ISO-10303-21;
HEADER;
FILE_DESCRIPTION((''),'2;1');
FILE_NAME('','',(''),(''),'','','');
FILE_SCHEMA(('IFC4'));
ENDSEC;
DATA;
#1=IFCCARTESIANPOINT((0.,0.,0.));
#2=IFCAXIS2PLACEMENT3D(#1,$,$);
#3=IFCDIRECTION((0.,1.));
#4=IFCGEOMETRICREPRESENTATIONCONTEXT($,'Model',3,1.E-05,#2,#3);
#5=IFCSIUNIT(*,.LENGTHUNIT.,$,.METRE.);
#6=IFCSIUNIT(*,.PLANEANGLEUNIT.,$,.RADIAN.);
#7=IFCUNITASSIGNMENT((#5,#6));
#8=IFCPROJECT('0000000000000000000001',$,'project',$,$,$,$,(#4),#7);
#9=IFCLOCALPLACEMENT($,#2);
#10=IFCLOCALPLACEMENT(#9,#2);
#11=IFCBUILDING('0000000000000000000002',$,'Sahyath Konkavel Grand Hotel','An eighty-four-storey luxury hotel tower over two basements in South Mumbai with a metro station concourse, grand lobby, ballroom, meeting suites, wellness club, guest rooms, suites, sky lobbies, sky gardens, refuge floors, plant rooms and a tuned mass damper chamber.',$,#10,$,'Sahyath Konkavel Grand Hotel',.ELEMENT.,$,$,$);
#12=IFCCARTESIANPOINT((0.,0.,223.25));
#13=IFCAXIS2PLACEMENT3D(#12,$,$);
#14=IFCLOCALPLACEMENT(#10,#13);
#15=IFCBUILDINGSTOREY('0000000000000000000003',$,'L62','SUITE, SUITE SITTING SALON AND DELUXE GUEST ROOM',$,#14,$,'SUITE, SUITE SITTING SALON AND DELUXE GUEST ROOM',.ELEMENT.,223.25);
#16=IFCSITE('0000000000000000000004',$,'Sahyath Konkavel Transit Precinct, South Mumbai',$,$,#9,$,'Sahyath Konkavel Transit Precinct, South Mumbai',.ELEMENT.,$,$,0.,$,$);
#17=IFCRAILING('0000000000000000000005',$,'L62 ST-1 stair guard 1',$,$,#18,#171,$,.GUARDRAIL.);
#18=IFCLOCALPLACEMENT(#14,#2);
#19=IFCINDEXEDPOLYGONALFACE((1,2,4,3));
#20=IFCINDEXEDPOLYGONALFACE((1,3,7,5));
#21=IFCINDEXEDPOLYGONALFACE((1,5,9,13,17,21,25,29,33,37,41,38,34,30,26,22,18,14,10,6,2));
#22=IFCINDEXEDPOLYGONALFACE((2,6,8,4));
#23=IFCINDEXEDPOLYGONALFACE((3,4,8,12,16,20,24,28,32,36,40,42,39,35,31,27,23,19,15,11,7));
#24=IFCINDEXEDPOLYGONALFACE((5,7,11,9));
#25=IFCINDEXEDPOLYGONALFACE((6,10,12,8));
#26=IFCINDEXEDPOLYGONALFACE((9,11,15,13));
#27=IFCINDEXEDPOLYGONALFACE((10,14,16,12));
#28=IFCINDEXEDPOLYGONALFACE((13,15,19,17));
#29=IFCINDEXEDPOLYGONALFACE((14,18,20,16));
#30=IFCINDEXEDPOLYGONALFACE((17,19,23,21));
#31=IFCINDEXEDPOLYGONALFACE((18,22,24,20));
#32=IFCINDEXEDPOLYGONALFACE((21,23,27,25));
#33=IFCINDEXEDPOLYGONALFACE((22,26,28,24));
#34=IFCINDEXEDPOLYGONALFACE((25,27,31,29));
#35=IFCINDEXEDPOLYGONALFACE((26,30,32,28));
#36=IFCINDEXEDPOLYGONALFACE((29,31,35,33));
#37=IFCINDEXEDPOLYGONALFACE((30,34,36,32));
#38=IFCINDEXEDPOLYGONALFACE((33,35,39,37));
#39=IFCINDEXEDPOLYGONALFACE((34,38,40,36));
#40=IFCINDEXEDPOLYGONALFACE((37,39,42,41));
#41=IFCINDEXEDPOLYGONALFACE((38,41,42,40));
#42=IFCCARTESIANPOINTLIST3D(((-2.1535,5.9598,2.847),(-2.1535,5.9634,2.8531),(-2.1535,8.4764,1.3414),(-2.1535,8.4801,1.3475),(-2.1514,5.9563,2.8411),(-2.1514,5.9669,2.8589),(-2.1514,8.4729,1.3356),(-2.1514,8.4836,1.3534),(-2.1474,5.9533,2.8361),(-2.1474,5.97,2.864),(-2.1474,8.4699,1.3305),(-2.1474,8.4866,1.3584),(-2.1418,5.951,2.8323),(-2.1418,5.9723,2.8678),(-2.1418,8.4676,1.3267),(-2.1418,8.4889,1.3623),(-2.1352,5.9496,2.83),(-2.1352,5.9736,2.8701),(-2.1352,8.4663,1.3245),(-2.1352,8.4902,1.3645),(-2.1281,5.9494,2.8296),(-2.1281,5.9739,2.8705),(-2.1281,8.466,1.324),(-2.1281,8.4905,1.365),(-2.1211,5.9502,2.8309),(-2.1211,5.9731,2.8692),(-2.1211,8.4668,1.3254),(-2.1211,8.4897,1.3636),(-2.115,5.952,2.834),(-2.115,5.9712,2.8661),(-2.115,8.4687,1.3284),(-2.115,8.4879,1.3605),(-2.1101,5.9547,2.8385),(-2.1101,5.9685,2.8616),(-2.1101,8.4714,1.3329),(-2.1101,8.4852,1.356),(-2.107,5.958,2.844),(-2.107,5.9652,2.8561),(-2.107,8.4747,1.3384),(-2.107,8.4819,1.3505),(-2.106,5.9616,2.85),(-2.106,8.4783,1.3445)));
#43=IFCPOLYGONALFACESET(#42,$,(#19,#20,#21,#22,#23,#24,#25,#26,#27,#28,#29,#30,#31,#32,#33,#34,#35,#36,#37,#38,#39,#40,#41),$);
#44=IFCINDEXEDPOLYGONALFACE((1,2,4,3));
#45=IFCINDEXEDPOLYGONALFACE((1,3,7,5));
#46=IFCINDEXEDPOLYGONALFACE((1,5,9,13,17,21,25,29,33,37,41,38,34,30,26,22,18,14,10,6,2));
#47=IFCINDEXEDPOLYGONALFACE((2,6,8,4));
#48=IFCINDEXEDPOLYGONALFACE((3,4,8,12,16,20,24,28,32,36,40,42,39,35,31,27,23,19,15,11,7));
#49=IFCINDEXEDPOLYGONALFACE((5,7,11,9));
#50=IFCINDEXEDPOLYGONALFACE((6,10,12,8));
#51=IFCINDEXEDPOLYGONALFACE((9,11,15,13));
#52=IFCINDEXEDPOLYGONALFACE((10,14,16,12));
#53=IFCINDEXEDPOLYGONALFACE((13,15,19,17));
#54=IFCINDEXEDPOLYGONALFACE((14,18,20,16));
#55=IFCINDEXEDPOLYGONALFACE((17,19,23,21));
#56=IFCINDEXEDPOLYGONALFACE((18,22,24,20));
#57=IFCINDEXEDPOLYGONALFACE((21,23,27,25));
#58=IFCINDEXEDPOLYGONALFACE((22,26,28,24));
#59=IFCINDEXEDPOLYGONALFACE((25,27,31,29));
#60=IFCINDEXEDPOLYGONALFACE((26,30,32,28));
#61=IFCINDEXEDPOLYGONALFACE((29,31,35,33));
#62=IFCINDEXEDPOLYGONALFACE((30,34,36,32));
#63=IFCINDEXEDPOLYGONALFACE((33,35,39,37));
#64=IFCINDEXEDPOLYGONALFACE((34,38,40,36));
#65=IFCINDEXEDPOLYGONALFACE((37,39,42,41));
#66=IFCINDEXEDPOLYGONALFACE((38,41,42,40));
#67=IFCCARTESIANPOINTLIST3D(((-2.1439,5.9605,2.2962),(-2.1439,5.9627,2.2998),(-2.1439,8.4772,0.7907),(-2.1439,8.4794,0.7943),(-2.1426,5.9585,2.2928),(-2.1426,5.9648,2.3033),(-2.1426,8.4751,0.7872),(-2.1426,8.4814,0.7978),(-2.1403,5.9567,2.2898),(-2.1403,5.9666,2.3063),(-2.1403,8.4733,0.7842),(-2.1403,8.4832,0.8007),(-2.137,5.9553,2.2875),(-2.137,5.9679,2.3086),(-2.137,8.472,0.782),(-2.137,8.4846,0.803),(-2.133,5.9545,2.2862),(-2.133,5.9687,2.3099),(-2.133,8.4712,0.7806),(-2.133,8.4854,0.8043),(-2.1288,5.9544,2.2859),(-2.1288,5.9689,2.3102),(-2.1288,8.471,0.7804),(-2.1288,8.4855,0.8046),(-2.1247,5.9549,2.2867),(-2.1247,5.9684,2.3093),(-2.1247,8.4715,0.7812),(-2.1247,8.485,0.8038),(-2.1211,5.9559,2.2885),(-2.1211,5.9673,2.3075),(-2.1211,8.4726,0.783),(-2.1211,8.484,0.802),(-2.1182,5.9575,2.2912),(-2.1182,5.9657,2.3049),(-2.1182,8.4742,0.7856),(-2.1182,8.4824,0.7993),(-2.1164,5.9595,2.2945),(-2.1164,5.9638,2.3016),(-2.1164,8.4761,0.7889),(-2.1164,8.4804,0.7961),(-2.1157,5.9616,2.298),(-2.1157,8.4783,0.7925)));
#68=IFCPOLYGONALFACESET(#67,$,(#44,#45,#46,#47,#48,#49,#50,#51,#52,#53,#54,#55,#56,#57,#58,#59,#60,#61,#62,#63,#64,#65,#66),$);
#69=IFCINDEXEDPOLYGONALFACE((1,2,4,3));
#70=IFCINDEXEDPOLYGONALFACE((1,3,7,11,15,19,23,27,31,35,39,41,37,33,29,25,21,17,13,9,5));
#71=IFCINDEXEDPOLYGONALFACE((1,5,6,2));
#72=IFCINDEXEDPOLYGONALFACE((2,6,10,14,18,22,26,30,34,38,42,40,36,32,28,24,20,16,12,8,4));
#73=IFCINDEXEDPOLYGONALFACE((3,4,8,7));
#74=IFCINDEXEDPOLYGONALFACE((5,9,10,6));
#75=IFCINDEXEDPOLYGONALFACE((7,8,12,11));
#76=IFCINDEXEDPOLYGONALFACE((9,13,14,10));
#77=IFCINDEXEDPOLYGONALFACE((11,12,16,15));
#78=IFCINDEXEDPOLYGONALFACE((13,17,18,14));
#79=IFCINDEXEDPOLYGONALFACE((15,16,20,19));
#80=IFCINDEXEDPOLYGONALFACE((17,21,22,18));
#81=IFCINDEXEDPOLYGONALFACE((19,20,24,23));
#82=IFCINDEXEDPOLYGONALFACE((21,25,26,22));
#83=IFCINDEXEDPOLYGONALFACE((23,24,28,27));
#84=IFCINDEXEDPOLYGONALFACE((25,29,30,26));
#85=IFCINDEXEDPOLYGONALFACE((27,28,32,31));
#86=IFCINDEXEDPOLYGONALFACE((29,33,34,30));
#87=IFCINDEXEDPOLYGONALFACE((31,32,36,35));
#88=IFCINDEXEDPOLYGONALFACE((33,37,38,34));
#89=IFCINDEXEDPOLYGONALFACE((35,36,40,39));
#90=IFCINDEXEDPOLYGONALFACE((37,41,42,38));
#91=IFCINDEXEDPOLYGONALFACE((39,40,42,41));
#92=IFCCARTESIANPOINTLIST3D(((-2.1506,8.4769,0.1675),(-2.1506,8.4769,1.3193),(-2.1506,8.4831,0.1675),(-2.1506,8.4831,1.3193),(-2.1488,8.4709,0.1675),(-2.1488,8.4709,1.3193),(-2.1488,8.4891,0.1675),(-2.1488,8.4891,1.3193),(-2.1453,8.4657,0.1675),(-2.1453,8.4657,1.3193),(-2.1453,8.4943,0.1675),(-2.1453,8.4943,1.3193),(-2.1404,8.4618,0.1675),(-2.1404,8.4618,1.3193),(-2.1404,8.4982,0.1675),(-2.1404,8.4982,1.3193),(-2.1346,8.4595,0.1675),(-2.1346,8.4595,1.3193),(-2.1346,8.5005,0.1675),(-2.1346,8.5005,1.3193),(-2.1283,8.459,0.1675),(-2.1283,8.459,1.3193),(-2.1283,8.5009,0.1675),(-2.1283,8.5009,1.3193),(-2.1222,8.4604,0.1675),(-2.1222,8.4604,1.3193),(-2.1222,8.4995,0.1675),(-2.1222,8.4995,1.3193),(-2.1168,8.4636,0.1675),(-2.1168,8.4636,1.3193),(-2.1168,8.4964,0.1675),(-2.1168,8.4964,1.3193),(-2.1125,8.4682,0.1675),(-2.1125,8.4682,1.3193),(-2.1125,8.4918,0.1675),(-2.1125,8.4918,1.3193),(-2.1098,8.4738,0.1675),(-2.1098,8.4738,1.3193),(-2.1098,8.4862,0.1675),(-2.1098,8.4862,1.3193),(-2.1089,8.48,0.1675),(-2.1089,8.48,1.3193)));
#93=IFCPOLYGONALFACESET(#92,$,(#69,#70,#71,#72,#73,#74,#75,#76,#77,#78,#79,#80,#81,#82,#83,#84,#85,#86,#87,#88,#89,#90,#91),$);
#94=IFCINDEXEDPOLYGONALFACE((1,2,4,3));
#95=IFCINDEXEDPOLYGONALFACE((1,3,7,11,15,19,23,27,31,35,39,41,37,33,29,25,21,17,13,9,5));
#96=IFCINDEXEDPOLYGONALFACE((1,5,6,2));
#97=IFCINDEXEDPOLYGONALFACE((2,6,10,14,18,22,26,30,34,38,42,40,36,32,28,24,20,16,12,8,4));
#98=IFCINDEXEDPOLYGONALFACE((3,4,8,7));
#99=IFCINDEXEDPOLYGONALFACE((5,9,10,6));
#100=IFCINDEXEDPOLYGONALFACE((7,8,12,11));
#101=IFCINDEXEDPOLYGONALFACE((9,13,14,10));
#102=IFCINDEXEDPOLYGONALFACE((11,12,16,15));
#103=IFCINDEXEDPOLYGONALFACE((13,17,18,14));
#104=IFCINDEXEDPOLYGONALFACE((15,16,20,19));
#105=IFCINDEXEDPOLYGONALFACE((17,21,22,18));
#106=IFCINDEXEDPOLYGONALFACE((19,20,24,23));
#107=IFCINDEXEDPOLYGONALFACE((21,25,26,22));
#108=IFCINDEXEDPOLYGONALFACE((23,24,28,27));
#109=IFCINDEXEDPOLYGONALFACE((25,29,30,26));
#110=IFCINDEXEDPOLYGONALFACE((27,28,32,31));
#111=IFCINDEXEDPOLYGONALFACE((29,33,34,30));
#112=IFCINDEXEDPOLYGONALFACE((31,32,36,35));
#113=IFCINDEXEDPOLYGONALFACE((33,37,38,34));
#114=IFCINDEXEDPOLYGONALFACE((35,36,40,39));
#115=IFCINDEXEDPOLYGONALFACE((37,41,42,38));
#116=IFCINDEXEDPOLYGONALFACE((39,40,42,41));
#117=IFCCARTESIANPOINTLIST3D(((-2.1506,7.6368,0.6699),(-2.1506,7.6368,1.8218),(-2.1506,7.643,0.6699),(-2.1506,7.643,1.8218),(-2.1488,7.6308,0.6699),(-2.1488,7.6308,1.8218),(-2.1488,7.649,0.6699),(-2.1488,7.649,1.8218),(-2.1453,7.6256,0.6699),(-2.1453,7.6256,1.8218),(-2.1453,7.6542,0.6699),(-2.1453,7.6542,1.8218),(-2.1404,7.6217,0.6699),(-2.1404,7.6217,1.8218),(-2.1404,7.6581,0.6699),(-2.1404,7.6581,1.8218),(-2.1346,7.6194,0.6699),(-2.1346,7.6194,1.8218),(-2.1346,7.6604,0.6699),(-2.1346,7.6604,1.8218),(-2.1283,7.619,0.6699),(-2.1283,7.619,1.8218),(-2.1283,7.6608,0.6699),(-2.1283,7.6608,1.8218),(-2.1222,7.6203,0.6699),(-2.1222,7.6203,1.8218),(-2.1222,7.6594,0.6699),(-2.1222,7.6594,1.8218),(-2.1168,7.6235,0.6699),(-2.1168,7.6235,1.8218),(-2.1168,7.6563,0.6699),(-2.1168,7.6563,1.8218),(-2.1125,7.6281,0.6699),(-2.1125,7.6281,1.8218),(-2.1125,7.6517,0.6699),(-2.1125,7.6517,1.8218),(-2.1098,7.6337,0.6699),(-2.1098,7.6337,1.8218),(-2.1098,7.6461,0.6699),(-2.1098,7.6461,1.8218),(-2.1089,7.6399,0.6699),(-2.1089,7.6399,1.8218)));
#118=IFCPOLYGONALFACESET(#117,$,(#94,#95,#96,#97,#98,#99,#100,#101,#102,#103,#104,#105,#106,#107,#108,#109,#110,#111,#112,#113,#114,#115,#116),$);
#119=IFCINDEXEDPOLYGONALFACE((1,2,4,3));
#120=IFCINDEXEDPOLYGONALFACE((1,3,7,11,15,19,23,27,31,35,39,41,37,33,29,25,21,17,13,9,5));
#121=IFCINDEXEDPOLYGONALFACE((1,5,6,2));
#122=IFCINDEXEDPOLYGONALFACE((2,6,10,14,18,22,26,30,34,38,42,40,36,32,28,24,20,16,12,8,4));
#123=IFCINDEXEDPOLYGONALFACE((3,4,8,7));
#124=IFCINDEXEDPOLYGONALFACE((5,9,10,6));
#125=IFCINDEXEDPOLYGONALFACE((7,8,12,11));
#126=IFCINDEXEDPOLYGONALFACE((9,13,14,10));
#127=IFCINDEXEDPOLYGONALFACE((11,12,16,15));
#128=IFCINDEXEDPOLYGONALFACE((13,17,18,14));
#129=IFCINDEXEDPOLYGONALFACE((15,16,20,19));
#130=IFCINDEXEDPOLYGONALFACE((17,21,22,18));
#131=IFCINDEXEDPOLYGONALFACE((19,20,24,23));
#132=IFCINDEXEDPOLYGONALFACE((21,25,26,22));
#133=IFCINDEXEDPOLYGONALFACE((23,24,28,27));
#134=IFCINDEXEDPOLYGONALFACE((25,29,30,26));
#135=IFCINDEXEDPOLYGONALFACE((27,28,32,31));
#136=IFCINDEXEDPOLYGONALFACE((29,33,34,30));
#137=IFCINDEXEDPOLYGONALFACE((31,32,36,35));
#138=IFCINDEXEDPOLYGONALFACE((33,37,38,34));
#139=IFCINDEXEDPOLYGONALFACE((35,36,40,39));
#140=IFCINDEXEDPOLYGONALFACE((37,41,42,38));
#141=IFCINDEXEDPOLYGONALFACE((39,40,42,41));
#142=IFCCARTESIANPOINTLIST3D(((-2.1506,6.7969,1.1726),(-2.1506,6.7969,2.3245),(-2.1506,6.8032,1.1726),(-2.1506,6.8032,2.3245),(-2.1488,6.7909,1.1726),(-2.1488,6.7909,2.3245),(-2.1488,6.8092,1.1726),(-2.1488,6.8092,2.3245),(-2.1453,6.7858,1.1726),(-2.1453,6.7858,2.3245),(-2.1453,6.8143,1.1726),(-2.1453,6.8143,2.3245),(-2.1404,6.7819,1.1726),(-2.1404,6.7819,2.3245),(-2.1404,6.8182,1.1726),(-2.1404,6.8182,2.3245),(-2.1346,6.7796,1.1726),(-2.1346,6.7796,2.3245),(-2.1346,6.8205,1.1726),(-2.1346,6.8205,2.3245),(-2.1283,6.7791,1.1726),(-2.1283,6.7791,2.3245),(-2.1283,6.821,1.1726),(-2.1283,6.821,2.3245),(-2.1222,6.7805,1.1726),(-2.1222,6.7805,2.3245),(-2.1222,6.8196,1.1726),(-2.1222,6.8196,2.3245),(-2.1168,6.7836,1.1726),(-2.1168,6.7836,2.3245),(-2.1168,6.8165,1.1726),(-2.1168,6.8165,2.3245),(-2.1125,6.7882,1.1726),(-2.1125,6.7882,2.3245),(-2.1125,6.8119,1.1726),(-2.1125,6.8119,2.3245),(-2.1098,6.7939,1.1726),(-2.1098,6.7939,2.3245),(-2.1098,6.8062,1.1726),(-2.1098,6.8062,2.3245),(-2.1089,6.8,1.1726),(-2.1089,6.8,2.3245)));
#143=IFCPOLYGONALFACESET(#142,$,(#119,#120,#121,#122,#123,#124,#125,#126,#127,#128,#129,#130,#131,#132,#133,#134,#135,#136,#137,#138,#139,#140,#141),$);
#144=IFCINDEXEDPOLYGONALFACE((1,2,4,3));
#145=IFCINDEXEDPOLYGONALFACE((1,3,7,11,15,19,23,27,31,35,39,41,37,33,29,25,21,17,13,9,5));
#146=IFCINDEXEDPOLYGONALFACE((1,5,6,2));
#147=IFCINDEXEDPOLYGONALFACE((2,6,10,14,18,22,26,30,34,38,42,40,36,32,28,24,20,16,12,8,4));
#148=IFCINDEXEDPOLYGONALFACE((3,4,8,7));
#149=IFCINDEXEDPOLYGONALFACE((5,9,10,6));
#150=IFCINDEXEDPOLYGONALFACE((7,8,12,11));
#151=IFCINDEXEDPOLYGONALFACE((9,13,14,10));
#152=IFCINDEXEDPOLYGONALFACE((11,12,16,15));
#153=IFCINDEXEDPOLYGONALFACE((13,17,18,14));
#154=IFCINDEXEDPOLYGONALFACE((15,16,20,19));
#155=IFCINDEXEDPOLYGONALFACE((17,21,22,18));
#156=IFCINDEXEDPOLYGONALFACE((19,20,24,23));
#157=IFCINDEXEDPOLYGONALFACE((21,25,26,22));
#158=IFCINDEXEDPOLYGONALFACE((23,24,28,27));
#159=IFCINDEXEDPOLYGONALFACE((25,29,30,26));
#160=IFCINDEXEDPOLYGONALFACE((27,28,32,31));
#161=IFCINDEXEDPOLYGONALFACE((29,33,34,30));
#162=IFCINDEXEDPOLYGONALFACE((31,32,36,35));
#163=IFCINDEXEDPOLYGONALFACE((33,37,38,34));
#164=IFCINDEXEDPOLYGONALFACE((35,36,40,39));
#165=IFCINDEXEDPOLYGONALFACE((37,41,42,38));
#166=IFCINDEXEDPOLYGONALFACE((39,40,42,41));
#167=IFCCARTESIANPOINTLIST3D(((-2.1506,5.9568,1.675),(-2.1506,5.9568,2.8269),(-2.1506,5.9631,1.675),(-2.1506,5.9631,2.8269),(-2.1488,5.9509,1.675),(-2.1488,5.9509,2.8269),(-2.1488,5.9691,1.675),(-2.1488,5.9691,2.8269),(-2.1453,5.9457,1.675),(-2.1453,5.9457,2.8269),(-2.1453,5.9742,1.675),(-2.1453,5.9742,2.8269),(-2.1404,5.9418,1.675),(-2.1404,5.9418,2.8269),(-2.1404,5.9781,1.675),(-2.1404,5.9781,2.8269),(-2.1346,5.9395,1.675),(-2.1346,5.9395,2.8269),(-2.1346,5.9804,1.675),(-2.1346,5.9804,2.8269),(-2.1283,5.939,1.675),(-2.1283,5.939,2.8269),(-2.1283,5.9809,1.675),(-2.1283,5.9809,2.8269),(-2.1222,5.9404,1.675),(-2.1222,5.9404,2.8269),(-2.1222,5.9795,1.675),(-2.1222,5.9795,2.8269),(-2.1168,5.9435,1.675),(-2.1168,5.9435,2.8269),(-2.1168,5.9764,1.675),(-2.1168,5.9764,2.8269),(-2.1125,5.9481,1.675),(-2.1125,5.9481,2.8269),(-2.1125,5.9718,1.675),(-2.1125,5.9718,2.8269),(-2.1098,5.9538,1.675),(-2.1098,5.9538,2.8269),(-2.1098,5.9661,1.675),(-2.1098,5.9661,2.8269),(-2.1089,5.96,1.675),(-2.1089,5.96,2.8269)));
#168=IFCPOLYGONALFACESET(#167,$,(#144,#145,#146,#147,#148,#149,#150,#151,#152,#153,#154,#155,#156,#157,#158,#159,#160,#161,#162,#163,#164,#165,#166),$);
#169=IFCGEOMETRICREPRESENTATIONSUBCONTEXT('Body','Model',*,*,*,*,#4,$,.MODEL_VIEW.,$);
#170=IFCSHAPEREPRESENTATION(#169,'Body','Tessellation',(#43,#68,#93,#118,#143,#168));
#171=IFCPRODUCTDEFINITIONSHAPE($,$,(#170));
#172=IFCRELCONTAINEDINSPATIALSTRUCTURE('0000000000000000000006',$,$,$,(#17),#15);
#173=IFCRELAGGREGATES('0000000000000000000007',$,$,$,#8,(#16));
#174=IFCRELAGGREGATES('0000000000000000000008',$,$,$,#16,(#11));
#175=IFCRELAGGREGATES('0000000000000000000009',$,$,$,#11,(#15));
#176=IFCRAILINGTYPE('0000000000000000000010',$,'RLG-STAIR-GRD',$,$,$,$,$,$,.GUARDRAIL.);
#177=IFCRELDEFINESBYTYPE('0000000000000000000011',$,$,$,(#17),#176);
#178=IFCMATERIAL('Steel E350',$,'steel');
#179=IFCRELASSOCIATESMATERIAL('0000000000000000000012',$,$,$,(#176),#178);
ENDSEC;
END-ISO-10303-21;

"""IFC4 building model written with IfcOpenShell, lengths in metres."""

from ifc_helpers import new_model, si_unit, direction, frame, origin, origin_2d, place, context, subcontext, project, spatial, circle, extrude, material, type_object, element, save


model = new_model("IFC4")

# Units and contexts
model_context = context("Model", 3, precision=1e-05, world=origin(), true_north=direction((0.0, 1.0)))
body_context = subcontext(model_context, "Body", "Model", "MODEL_VIEW")
ifc_project = project(units=[si_unit("LENGTHUNIT", "METRE"), si_unit("PLANEANGLEUNIT", "RADIAN")], contexts=[model_context])

# Site, building, storey
site_placement = place(None, origin())
site = spatial("IfcSite", under=ifc_project, at=site_placement, Name="Sahyath Konkavel Transit Precinct, South Mumbai", LongName="Sahyath Konkavel Transit Precinct, South Mumbai", CompositionType="ELEMENT", RefElevation=0.0)
building_placement = place(site_placement, origin())
building = spatial("IfcBuilding", under=site, at=building_placement, Name="Sahyath Konkavel Grand Hotel", Description="An eighty-four-storey luxury hotel tower over two basements in South Mumbai with a metro station concourse, grand lobby, ballroom, meeting suites, wellness club, guest rooms, suites, sky lobbies, sky gardens, refuge floors, plant rooms and a tuned mass damper chamber.", LongName="Sahyath Konkavel Grand Hotel", CompositionType="ELEMENT")
storey_placement = place(building_placement, frame((0.0, 0.0, 223.25)))
storey = spatial("IfcBuildingStorey", under=building, at=storey_placement, Name="L62", Description="SUITE, SUITE SITTING SALON AND DELUXE GUEST ROOM", LongName="SUITE, SUITE SITTING SALON AND DELUXE GUEST ROOM", CompositionType="ELEMENT", Elevation=223.25)

# Shared definitions
ifc_material_1 = material(Name="Steel E350", Category="steel")

# Railing
railing_type_1 = type_object("IfcRailingType", Name="RLG-STAIR-GRD", PredefinedType="GUARDRAIL", material=ifc_material_1)
railing_1_placement = place(storey_placement, frame((-2.1299, 8.48, 0.1675)))
element("IfcRailing", 1, at=railing_1_placement, inside=storey, type_object=railing_type_1, Name="L62 ST-1 stair guard 1", PredefinedType="GUARDRAIL", context=body_context, shape_type="SweptSolid", body=[
    extrude(circle(Radius=0.0239, at=origin_2d()), frame((0.0, -0.0017, 1.177), z_axis=(0.0, -0.85816, 0.513383), x_axis=(1.0, 0.0, 0.0)), (0.0, 0.0, 1.0), 2.9326),
    extrude(circle(Radius=0.0142, at=origin_2d()), frame((0.0, -0.0017, 0.625), z_axis=(0.0, -0.85816, 0.513383), x_axis=(1.0, 0.0, 0.0)), (0.0, 0.0, 1.0), 2.9326),
    extrude(circle(Radius=0.021, at=origin_2d()), origin(), (0.0, 0.0, 1.0), 1.1519),
    extrude(circle(Radius=0.021, at=origin_2d()), frame((0.0, -0.8401, 0.5024)), (0.0, 0.0, 1.0), 1.1519),
    extrude(circle(Radius=0.021, at=origin_2d()), frame((0.0, -1.6799, 1.0051)), (0.0, 0.0, 1.0), 1.1519),
    extrude(circle(Radius=0.021, at=origin_2d()), frame((0.0, -2.52, 1.5076)), (0.0, 0.0, 1.0), 1.1519),
])

save(model, "model.ifc")
